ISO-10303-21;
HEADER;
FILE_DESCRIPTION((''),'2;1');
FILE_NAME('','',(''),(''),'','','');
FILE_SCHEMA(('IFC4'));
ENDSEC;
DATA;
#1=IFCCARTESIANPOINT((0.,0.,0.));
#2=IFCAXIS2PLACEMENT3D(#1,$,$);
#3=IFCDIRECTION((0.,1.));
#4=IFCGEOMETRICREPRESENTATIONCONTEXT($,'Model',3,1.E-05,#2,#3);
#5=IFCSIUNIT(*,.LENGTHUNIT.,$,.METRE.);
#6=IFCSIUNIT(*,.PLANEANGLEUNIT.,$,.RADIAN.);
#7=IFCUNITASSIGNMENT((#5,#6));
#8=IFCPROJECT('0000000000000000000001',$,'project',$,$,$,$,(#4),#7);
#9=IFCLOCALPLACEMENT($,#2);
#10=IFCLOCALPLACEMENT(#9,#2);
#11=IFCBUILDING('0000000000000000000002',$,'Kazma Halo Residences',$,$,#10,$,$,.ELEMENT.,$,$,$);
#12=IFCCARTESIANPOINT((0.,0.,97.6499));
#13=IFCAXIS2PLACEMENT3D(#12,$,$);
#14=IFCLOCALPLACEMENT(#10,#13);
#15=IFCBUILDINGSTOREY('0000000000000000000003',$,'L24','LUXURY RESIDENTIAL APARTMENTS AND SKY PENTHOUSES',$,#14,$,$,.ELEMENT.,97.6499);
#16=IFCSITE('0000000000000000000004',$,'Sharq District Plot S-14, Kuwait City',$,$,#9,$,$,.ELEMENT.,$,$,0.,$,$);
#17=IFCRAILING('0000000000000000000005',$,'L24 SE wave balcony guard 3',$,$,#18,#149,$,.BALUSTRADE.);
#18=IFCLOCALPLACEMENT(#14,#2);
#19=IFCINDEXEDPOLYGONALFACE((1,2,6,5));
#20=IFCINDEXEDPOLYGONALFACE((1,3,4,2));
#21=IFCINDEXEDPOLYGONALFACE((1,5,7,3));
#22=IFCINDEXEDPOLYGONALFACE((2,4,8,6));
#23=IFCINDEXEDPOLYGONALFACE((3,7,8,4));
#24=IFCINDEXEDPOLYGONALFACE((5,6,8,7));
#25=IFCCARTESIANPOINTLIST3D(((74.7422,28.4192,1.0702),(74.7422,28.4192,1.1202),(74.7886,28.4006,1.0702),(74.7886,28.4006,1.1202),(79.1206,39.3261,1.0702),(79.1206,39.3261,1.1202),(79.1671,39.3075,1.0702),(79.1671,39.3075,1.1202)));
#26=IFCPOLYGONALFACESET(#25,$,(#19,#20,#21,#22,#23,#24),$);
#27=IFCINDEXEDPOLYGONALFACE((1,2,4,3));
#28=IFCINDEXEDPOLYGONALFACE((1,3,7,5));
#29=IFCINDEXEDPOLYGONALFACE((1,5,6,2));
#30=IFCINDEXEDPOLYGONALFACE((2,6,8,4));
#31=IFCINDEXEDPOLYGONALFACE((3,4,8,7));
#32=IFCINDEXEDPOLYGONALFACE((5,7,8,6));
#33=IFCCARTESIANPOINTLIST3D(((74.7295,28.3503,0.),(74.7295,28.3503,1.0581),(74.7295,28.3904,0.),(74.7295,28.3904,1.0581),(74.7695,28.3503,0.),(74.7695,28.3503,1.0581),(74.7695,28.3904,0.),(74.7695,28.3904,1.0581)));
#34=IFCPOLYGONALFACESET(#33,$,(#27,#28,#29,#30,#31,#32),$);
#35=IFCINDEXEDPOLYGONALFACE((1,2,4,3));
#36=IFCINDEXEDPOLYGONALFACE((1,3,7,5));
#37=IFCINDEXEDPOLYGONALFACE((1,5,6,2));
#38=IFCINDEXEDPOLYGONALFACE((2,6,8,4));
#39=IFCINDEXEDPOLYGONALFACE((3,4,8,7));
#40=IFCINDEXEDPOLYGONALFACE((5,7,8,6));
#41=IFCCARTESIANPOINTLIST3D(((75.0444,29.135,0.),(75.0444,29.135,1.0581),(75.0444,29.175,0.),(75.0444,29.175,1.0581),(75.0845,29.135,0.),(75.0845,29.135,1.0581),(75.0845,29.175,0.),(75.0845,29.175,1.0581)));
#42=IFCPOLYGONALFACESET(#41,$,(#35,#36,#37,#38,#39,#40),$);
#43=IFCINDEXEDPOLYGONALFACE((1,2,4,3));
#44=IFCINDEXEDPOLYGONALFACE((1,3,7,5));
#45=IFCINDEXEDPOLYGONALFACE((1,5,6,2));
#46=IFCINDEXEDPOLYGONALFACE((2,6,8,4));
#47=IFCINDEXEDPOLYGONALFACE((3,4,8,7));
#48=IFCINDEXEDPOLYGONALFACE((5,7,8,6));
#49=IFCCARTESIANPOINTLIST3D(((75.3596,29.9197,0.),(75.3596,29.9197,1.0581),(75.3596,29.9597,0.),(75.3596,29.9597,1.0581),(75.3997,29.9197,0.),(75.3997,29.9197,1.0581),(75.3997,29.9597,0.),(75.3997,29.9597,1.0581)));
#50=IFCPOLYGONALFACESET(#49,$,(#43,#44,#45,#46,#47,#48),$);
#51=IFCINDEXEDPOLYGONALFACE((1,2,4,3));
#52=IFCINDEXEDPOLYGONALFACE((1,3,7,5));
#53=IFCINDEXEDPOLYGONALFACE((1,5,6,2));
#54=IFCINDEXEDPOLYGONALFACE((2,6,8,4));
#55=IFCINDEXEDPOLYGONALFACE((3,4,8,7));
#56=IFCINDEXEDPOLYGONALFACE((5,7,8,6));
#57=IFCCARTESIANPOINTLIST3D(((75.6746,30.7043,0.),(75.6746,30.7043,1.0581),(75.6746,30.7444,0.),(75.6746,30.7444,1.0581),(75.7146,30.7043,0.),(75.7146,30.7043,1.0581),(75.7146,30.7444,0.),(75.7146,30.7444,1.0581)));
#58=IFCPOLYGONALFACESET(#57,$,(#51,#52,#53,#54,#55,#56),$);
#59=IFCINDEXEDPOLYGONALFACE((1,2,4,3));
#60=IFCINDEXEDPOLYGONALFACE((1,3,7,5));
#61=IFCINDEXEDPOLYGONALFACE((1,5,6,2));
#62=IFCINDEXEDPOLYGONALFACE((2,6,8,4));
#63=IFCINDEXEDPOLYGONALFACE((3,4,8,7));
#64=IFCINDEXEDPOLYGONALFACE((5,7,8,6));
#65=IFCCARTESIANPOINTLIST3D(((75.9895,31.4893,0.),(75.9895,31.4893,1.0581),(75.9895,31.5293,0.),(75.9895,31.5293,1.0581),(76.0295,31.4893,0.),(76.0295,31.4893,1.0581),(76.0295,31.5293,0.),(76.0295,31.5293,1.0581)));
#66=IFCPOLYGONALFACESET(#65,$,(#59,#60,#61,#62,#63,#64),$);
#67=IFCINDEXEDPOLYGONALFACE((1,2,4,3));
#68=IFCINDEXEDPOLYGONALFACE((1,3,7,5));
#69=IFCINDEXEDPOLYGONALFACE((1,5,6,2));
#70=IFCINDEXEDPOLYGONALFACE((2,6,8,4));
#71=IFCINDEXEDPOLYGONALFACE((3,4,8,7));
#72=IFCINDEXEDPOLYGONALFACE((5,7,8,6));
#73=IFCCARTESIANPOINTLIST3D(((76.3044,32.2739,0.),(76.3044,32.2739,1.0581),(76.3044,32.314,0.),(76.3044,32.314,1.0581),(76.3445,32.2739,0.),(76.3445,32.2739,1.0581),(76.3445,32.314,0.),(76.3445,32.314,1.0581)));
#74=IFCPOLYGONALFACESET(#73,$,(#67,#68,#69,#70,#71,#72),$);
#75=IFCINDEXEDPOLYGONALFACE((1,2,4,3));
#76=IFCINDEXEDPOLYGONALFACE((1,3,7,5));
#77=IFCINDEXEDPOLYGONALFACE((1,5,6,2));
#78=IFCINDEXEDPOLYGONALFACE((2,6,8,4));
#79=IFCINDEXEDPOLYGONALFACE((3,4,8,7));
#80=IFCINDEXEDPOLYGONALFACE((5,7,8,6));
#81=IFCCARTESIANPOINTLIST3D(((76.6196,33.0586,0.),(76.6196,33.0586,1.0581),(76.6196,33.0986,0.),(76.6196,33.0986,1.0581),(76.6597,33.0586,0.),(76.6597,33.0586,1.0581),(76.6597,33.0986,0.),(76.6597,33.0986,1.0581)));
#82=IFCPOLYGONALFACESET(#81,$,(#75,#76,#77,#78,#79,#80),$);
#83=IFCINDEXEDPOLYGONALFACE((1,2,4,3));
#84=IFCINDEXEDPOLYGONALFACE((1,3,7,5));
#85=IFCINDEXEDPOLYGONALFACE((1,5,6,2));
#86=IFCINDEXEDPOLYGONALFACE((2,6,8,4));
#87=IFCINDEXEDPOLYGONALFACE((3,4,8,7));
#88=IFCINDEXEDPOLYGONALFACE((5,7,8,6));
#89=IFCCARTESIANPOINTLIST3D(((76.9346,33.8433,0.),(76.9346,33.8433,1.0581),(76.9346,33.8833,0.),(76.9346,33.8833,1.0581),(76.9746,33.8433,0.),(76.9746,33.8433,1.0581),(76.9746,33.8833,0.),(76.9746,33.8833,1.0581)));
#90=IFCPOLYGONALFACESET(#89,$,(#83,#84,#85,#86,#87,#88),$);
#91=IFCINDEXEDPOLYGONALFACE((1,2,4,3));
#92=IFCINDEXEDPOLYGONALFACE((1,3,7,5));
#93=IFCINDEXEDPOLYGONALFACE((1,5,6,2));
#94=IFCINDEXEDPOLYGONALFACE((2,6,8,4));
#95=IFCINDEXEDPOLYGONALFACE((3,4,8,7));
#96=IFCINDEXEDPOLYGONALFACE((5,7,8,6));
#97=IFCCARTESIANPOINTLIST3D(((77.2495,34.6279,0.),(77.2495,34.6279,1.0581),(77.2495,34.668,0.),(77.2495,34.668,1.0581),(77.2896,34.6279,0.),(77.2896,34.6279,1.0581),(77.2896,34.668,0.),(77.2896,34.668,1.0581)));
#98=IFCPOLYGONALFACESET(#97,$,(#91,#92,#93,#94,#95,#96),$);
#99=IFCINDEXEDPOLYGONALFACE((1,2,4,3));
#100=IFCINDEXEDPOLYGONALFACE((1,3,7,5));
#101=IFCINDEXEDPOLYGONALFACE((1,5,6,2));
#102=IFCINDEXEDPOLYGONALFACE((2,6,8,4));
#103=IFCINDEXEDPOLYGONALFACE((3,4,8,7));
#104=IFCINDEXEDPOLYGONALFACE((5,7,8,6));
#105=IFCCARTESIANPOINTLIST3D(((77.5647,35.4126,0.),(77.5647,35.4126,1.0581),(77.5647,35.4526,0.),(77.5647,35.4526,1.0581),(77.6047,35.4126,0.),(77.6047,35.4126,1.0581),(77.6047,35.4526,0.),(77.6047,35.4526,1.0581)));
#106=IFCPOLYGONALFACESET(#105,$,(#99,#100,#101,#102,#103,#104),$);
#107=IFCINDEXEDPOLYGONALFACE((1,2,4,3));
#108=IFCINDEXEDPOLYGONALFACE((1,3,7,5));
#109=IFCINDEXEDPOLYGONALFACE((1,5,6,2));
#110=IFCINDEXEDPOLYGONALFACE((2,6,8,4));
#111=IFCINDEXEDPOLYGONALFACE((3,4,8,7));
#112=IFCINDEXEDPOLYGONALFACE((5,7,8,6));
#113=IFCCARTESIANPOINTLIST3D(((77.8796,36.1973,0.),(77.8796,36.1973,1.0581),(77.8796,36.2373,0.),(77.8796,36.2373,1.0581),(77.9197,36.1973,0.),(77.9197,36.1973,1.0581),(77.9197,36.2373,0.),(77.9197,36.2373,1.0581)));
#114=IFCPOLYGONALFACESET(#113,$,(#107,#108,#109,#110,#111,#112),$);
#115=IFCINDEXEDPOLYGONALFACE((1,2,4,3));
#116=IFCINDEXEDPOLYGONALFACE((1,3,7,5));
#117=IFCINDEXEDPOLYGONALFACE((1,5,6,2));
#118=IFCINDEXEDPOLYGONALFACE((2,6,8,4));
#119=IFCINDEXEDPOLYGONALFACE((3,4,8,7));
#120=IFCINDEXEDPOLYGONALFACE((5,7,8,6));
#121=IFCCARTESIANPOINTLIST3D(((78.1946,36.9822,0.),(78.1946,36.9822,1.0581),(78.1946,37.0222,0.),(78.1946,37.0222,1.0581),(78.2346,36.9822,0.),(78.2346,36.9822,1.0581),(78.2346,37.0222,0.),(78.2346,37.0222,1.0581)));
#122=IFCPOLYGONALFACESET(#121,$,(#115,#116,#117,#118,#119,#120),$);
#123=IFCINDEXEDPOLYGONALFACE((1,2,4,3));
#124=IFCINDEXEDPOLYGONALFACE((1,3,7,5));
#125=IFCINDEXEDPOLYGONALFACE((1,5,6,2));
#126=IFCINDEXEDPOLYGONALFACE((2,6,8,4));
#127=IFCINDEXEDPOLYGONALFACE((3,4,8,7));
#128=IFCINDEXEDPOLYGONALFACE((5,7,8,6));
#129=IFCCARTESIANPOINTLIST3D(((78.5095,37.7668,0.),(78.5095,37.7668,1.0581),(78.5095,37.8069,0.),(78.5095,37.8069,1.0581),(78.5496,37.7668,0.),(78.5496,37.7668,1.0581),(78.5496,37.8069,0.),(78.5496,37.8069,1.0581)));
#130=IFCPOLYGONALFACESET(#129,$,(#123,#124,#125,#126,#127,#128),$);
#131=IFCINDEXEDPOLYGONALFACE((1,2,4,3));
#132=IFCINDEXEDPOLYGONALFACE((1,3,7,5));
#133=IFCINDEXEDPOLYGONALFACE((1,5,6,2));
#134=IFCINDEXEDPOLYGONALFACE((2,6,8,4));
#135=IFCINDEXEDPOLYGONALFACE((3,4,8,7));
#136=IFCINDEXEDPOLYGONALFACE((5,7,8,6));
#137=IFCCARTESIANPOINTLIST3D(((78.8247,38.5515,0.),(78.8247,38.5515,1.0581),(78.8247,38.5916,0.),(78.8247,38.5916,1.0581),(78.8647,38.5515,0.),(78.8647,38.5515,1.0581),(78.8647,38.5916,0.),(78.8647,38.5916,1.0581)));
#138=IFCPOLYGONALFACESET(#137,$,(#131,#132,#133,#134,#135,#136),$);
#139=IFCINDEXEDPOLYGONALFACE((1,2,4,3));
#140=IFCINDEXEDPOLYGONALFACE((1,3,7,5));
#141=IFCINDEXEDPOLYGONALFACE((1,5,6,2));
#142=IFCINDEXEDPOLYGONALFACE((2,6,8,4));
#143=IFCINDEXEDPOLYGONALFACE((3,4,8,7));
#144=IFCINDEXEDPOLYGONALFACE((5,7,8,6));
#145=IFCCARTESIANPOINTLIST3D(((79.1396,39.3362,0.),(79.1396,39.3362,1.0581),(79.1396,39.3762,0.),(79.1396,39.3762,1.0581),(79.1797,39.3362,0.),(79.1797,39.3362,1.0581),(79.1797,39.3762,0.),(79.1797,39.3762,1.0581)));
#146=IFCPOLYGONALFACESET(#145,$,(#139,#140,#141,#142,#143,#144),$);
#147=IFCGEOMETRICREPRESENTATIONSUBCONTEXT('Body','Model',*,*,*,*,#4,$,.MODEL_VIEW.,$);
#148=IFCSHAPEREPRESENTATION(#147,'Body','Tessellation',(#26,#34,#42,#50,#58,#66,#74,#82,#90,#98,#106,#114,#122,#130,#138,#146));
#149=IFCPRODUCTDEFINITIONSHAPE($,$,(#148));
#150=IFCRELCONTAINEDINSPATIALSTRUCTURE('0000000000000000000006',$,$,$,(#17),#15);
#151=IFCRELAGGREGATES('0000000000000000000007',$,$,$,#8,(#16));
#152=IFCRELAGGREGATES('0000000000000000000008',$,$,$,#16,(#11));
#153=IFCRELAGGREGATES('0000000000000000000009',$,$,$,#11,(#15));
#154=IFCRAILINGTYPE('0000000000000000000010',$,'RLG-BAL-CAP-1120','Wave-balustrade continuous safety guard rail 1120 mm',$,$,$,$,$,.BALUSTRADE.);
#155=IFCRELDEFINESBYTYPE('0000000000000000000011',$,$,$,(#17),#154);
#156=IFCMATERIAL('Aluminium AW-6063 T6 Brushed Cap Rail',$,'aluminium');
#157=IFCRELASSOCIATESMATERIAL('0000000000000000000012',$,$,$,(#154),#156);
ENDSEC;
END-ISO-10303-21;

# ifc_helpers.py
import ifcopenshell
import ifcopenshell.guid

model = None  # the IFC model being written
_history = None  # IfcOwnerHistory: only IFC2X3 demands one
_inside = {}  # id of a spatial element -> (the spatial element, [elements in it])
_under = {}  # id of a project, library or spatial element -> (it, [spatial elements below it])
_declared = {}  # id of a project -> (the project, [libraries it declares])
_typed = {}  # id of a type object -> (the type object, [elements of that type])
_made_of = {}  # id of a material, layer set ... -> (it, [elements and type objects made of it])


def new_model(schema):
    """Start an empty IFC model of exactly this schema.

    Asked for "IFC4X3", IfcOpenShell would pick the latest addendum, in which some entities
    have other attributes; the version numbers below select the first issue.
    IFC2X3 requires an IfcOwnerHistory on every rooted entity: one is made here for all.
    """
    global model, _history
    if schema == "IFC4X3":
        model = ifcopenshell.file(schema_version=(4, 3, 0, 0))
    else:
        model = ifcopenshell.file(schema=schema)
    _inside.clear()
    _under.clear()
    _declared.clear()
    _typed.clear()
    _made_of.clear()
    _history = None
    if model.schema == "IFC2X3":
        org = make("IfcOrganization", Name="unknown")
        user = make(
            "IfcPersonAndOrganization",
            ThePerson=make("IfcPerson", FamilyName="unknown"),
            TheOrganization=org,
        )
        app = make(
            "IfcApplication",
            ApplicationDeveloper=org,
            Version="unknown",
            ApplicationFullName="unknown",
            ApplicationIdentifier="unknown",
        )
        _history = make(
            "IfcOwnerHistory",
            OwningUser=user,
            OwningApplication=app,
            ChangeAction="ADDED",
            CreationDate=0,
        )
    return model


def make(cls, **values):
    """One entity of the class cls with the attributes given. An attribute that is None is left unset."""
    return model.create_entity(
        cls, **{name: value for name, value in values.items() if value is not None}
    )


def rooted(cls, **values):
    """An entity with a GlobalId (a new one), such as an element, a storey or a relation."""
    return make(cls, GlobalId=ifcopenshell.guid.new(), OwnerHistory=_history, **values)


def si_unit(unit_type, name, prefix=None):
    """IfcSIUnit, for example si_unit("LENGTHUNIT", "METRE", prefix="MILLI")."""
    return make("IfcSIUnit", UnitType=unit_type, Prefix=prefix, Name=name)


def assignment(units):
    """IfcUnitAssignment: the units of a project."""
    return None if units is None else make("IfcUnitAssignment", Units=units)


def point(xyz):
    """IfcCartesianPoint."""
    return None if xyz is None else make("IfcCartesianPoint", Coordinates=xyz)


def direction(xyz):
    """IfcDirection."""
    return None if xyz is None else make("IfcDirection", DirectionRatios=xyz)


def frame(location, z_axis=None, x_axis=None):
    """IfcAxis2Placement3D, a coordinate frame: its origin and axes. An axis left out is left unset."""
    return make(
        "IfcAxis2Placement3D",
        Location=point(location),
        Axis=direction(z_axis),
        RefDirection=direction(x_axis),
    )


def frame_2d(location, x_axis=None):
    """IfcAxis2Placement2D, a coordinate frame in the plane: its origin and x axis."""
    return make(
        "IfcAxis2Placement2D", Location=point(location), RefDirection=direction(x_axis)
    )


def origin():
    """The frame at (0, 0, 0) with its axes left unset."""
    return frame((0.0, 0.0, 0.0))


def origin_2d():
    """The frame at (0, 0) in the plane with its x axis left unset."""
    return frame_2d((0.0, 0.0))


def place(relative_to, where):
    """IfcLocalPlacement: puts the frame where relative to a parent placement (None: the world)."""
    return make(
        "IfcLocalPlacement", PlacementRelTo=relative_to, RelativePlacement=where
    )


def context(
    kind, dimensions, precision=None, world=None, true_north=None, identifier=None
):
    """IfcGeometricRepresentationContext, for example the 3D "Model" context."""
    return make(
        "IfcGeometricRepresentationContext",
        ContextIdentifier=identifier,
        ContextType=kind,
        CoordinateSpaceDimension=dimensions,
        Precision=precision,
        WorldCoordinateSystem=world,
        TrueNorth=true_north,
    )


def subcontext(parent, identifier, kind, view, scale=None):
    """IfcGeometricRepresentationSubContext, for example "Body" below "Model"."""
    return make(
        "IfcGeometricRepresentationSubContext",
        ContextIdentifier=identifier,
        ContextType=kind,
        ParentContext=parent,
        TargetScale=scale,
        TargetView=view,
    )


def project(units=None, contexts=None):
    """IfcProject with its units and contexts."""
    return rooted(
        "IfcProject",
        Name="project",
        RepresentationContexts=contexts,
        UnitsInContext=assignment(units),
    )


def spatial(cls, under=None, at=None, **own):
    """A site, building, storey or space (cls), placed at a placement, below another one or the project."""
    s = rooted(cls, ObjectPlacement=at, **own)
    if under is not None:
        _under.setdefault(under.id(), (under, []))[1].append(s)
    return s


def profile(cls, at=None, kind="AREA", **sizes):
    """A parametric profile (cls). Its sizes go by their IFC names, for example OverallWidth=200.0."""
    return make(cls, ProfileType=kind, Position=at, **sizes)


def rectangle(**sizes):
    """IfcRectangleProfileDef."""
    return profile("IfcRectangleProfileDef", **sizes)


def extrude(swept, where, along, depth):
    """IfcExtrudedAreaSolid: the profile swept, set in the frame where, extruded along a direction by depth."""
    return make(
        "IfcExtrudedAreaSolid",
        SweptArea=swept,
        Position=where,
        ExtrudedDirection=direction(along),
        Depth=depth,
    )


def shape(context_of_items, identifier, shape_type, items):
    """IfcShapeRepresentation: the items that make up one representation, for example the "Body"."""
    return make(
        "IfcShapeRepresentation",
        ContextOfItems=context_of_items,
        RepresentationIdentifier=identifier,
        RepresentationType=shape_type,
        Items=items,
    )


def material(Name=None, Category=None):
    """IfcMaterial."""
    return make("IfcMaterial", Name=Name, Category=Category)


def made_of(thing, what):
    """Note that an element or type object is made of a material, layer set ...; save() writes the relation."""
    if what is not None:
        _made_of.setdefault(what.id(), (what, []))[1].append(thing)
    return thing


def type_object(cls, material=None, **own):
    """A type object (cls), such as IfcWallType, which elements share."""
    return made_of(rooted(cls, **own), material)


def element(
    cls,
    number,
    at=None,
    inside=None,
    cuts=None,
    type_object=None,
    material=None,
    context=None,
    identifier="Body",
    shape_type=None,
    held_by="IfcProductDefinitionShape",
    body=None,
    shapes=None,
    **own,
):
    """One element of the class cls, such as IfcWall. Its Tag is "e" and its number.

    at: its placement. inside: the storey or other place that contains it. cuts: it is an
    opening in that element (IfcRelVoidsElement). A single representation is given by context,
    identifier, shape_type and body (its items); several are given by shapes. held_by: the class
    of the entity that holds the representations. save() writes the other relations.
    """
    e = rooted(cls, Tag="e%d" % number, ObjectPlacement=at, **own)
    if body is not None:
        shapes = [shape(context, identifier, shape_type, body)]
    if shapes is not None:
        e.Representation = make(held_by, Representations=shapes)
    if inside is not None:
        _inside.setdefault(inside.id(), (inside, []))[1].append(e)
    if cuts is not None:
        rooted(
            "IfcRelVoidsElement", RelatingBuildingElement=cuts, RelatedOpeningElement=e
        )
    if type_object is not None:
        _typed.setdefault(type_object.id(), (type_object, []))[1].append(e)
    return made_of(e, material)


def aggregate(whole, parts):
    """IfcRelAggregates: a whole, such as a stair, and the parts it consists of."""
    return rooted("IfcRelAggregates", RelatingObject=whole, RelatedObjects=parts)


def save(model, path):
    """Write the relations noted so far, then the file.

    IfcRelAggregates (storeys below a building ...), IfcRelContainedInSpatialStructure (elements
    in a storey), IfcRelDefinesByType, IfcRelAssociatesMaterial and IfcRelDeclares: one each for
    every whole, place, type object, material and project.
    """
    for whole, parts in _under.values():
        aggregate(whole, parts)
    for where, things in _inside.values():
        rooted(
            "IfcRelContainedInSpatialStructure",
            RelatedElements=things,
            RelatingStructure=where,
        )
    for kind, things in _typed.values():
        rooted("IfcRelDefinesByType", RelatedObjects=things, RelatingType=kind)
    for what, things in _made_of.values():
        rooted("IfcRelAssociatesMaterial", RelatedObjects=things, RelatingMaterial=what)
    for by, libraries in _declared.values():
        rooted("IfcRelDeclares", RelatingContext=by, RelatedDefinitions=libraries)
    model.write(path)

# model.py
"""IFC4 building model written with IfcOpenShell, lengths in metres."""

from ifc_helpers import new_model, si_unit, direction, frame, origin, origin_2d, place, context, subcontext, project, spatial, rectangle, extrude, material, type_object, element, save


model = new_model("IFC4")

# Units and contexts
model_context = context("Model", 3, precision=1e-05, world=origin(), true_north=direction((0.0, 1.0)))
body_context = subcontext(model_context, "Body", "Model", "MODEL_VIEW")
ifc_project = project(units=[si_unit("LENGTHUNIT", "METRE"), si_unit("PLANEANGLEUNIT", "RADIAN")], contexts=[model_context])

# Site, building, storey
site_placement = place(None, origin())
site = spatial("IfcSite", under=ifc_project, at=site_placement, Name="Sharq District Plot S-14, Kuwait City", CompositionType="ELEMENT", RefElevation=0.0)
building_placement = place(site_placement, origin())
building = spatial("IfcBuilding", under=site, at=building_placement, Name="Kazma Halo Residences", CompositionType="ELEMENT")
storey_placement = place(building_placement, frame((0.0, 0.0, 97.6499)))
storey = spatial("IfcBuildingStorey", under=building, at=storey_placement, Name="L24", Description="LUXURY RESIDENTIAL APARTMENTS AND SKY PENTHOUSES", CompositionType="ELEMENT", Elevation=97.6499)

# Railing
ifc_material_1 = material(Name="Aluminium AW-6063 T6 Brushed Cap Rail", Category="aluminium")
railing_type = type_object("IfcRailingType", Name="RLG-BAL-CAP-1120", Description="Wave-balustrade continuous safety guard rail 1120 mm", PredefinedType="BALUSTRADE", material=ifc_material_1)
railing_1_placement = place(storey_placement, frame((74.7495, 28.3704, 0.0)))
element("IfcRailing", 1, at=railing_1_placement, inside=storey, type_object=railing_type, Name="L24 SE wave balcony guard 3", PredefinedType="BALUSTRADE", context=body_context, shape_type="SweptSolid", body=[
    extrude(rectangle(XDim=0.05, YDim=0.05, at=origin_2d()), frame((0.0159, 0.0396, 1.0952), z_axis=(0.372542, 0.928015, 0.0), x_axis=(-0.928015, 0.372542, 0.0)), (0.0, 0.0, 1.0), 11.7529),
    extrude(rectangle(XDim=0.04, YDim=0.04, at=origin_2d()), origin(), (0.0, 0.0, 1.0), 1.0581),
    extrude(rectangle(XDim=0.04, YDim=0.04, at=origin_2d()), frame((0.3149, 0.7847, 0.0)), (0.0, 0.0, 1.0), 1.0581),
    extrude(rectangle(XDim=0.04, YDim=0.04, at=origin_2d()), frame((0.6301, 1.5693, 0.0)), (0.0, 0.0, 1.0), 1.0581),
    extrude(rectangle(XDim=0.04, YDim=0.04, at=origin_2d()), frame((0.9451, 2.354, 0.0)), (0.0, 0.0, 1.0), 1.0581),
    extrude(rectangle(XDim=0.04, YDim=0.04, at=origin_2d()), frame((1.26, 3.1389, 0.0)), (0.0, 0.0, 1.0), 1.0581),
    extrude(rectangle(XDim=0.04, YDim=0.04, at=origin_2d()), frame((1.575, 3.9236, 0.0)), (0.0, 0.0, 1.0), 1.0581),
    extrude(rectangle(XDim=0.04, YDim=0.04, at=origin_2d()), frame((1.8901, 4.7083, 0.0)), (0.0, 0.0, 1.0), 1.0581),
    extrude(rectangle(XDim=0.04, YDim=0.04, at=origin_2d()), frame((2.2051, 5.4929, 0.0)), (0.0, 0.0, 1.0), 1.0581),
    extrude(rectangle(XDim=0.04, YDim=0.04, at=origin_2d()), frame((2.52, 6.2776, 0.0)), (0.0, 0.0, 1.0), 1.0581),
    extrude(rectangle(XDim=0.04, YDim=0.04, at=origin_2d()), frame((2.8352, 7.0623, 0.0)), (0.0, 0.0, 1.0), 1.0581),
    extrude(rectangle(XDim=0.04, YDim=0.04, at=origin_2d()), frame((3.1501, 7.8469, 0.0)), (0.0, 0.0, 1.0), 1.0581),
    extrude(rectangle(XDim=0.04, YDim=0.04, at=origin_2d()), frame((3.4651, 8.6318, 0.0)), (0.0, 0.0, 1.0), 1.0581),
    extrude(rectangle(XDim=0.04, YDim=0.04, at=origin_2d()), frame((3.78, 9.4165, 0.0)), (0.0, 0.0, 1.0), 1.0581),
    extrude(rectangle(XDim=0.04, YDim=0.04, at=origin_2d()), frame((4.0952, 10.2012, 0.0)), (0.0, 0.0, 1.0), 1.0581),
    extrude(rectangle(XDim=0.04, YDim=0.04, at=origin_2d()), frame((4.4102, 10.9858, 0.0)), (0.0, 0.0, 1.0), 1.0581),
])

save(model, "model.ifc")
